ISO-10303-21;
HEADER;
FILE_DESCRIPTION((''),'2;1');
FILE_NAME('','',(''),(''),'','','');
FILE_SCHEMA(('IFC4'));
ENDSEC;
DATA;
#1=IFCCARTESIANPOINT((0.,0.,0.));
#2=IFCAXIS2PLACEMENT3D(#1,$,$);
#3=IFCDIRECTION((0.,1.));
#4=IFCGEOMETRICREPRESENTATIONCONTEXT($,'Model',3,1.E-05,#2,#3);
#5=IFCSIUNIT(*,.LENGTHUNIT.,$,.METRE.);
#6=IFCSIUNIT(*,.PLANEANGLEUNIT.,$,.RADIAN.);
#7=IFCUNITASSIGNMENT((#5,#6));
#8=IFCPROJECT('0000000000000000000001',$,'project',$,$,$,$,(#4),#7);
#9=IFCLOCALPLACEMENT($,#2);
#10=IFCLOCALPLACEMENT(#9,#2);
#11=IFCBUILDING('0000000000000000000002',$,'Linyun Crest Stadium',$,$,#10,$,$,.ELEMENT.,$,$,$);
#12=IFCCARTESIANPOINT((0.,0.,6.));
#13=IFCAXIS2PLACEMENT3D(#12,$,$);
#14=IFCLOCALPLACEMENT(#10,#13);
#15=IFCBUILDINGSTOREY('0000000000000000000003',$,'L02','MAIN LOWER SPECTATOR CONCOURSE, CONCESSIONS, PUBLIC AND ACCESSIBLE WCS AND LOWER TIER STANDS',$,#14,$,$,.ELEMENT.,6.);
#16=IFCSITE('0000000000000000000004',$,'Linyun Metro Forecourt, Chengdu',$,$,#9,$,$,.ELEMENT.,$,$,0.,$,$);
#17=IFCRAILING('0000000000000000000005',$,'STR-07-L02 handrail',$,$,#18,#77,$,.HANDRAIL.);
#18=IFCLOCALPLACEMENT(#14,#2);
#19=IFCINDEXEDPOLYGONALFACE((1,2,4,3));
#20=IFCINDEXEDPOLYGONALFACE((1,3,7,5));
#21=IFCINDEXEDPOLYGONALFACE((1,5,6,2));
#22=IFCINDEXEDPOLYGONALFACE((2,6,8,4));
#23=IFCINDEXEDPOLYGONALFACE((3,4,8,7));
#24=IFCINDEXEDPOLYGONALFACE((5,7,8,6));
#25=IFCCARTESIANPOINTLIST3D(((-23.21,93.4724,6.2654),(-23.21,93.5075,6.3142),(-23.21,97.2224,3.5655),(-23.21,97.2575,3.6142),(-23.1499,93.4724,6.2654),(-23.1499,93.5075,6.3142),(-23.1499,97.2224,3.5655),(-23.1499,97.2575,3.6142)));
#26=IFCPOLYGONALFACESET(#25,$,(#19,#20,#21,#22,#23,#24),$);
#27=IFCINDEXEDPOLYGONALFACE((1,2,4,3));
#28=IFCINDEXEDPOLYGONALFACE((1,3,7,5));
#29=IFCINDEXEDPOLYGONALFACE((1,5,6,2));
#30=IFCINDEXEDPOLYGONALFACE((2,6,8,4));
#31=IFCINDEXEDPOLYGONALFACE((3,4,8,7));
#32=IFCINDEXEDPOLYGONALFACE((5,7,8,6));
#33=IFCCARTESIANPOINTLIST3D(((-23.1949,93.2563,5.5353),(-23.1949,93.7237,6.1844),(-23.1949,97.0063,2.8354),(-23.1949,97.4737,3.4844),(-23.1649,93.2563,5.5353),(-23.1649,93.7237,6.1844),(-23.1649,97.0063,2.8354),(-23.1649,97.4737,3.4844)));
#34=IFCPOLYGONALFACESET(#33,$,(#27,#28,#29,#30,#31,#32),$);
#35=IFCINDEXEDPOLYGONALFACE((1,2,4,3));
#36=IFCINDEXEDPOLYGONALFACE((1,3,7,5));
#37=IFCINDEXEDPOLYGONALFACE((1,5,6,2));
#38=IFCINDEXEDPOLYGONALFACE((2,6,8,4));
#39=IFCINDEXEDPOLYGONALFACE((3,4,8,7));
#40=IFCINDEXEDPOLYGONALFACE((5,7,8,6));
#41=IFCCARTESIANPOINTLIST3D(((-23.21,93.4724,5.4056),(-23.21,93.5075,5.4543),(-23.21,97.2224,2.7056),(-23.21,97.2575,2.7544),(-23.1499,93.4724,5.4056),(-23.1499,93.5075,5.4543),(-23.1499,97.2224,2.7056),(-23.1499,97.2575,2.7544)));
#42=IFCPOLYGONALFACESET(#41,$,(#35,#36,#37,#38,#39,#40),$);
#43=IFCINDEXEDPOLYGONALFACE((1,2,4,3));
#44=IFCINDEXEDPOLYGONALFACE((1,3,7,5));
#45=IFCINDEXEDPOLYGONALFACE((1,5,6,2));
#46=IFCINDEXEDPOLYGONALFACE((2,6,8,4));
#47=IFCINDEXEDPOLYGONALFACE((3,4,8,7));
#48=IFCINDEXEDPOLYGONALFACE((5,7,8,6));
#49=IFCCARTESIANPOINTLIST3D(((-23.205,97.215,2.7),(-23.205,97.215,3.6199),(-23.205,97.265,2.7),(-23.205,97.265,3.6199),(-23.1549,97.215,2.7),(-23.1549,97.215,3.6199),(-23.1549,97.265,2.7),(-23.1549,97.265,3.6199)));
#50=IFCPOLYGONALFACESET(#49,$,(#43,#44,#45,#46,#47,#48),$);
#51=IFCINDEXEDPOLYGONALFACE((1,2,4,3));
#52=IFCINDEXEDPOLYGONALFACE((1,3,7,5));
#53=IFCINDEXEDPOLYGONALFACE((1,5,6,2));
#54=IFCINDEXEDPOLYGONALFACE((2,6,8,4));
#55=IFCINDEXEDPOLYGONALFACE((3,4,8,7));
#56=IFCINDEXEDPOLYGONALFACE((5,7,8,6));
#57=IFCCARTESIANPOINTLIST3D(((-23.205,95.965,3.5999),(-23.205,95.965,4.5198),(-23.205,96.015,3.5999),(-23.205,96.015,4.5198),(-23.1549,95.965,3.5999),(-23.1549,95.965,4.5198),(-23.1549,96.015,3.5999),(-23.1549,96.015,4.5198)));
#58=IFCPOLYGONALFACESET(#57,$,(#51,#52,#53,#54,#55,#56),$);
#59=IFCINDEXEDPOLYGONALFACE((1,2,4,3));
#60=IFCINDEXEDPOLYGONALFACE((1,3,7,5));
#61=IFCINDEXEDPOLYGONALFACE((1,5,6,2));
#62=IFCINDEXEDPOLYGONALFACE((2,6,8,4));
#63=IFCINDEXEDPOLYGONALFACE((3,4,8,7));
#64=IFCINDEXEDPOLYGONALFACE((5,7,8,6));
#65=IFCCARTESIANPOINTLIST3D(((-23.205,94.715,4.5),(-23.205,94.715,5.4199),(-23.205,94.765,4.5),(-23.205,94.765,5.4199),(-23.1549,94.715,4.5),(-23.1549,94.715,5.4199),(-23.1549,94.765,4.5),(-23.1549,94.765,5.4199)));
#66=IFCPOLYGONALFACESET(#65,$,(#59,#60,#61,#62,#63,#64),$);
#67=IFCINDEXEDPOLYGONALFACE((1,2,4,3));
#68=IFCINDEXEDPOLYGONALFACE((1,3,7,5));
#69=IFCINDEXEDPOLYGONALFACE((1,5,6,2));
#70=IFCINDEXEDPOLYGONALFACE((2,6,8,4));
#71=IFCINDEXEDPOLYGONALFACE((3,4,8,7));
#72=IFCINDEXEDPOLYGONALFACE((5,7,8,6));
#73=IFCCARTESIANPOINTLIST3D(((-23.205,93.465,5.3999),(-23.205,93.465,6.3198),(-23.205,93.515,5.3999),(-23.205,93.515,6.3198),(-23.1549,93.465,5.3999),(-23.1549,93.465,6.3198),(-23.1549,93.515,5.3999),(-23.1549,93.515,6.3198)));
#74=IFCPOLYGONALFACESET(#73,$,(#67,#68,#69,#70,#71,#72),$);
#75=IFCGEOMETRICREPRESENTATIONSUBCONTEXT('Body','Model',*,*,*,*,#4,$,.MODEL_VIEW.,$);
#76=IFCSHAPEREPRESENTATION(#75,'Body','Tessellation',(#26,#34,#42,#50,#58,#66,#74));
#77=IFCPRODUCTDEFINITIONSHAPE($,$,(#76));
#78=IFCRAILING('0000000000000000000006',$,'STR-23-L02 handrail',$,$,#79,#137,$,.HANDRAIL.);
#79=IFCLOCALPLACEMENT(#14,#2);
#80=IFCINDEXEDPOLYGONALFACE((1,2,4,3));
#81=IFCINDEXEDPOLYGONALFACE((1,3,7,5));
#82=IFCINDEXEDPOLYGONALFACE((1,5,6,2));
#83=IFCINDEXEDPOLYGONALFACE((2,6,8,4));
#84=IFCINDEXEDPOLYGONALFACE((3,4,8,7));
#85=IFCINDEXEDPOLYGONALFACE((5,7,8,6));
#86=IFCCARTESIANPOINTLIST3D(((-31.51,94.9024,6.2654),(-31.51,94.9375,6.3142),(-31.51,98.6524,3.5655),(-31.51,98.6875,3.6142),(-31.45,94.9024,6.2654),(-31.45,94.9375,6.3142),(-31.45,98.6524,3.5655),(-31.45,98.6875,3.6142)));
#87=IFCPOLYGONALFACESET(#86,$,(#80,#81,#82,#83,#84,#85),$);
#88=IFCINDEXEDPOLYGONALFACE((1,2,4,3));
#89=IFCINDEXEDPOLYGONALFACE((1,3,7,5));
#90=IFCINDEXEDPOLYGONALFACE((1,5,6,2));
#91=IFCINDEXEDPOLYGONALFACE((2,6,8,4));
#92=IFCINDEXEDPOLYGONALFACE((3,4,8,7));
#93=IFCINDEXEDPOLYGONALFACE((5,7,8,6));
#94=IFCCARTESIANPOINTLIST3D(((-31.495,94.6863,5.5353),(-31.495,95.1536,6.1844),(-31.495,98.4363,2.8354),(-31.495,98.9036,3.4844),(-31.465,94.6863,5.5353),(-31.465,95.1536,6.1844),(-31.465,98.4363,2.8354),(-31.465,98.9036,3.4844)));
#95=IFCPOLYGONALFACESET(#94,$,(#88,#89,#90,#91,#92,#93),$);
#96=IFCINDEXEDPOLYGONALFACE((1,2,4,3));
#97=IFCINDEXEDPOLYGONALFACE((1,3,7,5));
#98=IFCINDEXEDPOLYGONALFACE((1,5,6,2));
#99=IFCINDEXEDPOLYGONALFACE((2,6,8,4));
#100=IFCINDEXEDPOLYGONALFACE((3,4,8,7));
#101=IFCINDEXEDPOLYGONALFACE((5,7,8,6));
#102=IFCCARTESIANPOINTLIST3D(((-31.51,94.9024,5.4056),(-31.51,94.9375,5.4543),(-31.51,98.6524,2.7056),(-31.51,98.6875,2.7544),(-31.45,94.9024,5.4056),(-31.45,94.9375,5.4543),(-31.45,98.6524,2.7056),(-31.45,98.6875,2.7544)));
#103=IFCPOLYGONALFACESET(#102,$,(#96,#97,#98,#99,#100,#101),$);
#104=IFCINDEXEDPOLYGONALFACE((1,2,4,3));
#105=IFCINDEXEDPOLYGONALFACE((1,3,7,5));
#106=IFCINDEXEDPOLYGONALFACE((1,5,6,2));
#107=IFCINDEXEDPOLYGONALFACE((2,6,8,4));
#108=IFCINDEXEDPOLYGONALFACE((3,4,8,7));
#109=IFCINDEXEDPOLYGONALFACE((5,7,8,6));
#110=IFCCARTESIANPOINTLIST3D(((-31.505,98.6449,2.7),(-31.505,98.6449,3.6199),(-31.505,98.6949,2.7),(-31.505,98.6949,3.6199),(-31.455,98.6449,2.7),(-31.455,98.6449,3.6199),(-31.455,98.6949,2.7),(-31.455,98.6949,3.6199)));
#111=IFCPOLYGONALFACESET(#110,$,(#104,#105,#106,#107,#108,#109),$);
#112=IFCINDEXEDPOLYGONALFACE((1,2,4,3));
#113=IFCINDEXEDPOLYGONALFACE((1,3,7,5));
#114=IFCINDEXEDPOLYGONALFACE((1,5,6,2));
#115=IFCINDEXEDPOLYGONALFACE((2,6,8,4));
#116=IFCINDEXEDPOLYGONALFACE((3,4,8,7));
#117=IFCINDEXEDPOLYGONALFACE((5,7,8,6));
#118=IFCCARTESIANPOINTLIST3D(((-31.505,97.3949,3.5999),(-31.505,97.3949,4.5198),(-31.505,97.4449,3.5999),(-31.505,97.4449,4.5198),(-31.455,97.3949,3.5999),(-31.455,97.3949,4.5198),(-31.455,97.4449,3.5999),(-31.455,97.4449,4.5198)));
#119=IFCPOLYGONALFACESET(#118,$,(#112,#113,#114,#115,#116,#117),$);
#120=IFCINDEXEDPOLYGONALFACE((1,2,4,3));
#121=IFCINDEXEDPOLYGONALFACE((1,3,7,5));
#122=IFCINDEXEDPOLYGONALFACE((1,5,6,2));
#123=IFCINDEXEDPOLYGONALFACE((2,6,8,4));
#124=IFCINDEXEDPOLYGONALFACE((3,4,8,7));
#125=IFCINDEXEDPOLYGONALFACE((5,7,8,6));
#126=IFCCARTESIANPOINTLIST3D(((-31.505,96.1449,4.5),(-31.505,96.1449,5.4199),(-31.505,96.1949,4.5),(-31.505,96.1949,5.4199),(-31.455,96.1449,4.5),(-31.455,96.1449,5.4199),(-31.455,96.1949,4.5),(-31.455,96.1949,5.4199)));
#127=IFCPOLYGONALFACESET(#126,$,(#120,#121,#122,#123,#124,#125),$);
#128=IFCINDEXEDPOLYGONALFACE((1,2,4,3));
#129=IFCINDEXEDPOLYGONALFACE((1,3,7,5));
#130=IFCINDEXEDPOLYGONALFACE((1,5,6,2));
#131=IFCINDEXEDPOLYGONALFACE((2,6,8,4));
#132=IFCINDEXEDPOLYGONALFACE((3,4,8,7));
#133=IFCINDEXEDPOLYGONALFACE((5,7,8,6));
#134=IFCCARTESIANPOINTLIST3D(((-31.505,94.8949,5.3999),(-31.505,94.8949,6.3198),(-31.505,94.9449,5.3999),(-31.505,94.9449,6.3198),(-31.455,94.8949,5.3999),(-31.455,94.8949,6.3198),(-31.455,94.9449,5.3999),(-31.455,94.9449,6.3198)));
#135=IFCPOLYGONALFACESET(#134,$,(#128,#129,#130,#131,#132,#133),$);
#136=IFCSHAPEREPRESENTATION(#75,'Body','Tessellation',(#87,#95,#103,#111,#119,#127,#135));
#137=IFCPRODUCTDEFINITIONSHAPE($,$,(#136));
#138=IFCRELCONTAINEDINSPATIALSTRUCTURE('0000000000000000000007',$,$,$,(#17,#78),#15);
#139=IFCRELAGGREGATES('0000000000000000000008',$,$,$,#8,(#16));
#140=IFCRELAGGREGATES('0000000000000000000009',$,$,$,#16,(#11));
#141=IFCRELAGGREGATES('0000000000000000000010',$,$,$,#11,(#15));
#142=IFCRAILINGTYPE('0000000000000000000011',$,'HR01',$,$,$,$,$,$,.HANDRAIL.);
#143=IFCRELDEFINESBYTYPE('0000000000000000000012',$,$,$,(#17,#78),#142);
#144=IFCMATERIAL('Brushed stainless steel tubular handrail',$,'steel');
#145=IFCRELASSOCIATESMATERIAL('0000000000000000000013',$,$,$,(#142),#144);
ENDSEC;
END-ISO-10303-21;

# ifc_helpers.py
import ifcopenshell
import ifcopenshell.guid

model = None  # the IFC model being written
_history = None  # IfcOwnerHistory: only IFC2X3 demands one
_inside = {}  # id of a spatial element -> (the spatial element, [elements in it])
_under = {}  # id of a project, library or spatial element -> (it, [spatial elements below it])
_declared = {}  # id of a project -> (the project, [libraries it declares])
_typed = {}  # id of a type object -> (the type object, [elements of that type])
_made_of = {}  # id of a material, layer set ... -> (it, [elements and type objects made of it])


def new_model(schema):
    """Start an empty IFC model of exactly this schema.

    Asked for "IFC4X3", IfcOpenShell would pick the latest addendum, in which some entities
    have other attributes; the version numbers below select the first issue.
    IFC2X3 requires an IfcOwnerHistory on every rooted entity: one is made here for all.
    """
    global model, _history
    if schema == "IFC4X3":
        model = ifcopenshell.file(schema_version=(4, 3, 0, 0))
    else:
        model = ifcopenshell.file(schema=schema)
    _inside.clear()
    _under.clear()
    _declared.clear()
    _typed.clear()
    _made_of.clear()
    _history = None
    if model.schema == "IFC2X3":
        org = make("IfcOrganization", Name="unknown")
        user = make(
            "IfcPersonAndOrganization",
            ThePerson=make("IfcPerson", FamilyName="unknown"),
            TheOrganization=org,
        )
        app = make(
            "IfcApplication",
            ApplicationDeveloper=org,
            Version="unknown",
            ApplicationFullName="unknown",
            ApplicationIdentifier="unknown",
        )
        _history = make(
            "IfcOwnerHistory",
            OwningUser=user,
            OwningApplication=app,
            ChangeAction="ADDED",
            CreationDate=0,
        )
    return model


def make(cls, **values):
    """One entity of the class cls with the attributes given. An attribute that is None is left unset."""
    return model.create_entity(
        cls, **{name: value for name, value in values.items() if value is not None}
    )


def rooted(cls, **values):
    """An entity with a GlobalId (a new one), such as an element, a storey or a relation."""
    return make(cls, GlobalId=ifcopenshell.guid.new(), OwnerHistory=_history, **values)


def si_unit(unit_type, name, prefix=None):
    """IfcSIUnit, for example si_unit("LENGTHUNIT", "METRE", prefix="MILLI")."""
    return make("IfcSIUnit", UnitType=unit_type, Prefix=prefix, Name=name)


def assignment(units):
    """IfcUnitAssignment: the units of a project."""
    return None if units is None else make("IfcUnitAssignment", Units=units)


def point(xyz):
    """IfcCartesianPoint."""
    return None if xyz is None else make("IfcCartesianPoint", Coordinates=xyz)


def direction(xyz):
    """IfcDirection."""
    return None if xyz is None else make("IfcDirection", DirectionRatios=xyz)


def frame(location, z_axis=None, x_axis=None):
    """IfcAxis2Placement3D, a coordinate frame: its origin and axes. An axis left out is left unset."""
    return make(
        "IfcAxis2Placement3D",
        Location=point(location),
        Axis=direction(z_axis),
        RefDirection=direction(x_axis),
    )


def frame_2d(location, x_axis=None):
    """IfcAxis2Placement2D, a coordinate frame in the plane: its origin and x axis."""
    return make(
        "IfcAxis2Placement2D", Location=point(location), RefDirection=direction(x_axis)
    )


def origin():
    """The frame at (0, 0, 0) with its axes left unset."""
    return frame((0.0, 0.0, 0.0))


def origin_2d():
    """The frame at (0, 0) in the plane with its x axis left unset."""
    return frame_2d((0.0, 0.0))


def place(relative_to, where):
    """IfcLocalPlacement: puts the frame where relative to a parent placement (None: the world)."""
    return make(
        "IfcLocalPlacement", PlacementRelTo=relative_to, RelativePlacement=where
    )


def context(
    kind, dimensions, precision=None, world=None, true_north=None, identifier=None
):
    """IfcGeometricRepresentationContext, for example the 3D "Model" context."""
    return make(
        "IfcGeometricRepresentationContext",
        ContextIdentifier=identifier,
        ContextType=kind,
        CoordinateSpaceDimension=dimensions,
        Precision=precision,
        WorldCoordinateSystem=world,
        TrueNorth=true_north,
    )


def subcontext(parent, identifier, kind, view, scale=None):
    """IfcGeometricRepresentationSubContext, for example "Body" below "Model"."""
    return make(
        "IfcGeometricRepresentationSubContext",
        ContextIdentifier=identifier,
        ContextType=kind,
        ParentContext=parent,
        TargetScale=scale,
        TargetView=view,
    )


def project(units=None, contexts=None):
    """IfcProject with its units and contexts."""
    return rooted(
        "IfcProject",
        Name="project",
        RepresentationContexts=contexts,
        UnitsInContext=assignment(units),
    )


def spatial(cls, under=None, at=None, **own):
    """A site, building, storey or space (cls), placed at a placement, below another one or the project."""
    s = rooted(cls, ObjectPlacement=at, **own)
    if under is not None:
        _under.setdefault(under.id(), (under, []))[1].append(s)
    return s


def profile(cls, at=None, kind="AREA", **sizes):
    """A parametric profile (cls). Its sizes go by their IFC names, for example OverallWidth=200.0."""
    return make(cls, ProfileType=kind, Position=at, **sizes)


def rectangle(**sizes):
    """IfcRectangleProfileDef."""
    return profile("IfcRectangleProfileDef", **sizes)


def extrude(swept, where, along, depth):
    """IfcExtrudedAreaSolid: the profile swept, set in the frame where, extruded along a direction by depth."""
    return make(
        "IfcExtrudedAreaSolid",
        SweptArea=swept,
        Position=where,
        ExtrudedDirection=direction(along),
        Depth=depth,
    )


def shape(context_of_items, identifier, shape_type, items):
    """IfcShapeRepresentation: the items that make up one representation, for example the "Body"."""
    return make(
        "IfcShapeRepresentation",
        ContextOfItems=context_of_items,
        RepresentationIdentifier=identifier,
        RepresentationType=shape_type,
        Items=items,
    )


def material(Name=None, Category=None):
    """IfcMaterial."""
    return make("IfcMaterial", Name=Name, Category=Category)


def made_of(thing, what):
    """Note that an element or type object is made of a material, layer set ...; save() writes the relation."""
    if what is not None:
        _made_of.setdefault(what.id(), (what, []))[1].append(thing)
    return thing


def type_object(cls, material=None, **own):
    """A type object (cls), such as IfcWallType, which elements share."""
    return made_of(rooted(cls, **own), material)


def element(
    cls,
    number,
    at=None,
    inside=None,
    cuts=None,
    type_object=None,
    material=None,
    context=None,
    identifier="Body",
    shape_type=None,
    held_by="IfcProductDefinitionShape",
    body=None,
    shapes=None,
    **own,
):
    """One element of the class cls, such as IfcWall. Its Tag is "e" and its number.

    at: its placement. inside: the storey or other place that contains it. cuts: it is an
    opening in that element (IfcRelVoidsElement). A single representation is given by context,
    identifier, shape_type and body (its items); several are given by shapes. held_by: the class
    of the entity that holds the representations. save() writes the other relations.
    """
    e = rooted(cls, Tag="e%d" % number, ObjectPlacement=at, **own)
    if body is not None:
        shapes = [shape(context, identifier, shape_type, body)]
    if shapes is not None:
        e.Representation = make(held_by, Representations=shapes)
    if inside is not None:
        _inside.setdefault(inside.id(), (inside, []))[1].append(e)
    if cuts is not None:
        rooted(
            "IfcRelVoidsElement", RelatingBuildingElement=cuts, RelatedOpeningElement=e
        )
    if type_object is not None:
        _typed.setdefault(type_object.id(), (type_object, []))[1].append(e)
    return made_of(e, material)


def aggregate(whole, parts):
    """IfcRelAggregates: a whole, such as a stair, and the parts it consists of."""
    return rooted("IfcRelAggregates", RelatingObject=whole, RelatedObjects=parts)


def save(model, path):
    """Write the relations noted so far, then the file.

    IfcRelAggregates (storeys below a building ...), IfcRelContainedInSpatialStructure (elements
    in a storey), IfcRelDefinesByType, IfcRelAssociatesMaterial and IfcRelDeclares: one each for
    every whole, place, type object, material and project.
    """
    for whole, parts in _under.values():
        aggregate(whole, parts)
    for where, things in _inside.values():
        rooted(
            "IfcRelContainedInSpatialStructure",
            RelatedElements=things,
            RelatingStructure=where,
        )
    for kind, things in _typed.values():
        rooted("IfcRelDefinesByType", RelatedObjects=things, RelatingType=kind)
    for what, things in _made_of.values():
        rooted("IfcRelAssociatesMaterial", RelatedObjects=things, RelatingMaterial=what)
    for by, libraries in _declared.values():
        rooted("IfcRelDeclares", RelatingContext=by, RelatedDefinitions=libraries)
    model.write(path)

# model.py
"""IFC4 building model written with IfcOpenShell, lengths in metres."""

from ifc_helpers import new_model, si_unit, direction, frame, origin, origin_2d, place, context, subcontext, project, spatial, rectangle, extrude, material, type_object, element, save


model = new_model("IFC4")

# Units and contexts
model_context = context("Model", 3, precision=1e-05, world=origin(), true_north=direction((0.0, 1.0)))
body_context = subcontext(model_context, "Body", "Model", "MODEL_VIEW")
ifc_project = project(units=[si_unit("LENGTHUNIT", "METRE"), si_unit("PLANEANGLEUNIT", "RADIAN")], contexts=[model_context])

# Site, building, storey
site_placement = place(None, origin())
site = spatial("IfcSite", under=ifc_project, at=site_placement, Name="Linyun Metro Forecourt, Chengdu", CompositionType="ELEMENT", RefElevation=0.0)
building_placement = place(site_placement, origin())
building = spatial("IfcBuilding", under=site, at=building_placement, Name="Linyun Crest Stadium", CompositionType="ELEMENT")
storey_placement = place(building_placement, frame((0.0, 0.0, 6.0)))
storey = spatial("IfcBuildingStorey", under=building, at=storey_placement, Name="L02", Description="MAIN LOWER SPECTATOR CONCOURSE, CONCESSIONS, PUBLIC AND ACCESSIBLE WCS AND LOWER TIER STANDS", CompositionType="ELEMENT", Elevation=6.0)

# Railings
ifc_material_1 = material(Name="Brushed stainless steel tubular handrail", Category="steel")
railing_type_1 = type_object("IfcRailingType", Name="HR01", PredefinedType="HANDRAIL", material=ifc_material_1)
for number, where, name in (
    (1, (-23.1799, 97.24, 2.7), "STR-07-L02 handrail"),
    (2, (-31.48, 98.6699, 2.7), "STR-23-L02 handrail"),
):
    element("IfcRailing", number, at=place(storey_placement, frame(where)), inside=storey, type_object=railing_type_1, Name=name, PredefinedType="HANDRAIL", context=body_context, shape_type="SweptSolid", body=[
        extrude(rectangle(XDim=0.0601, YDim=0.0601, at=origin_2d()), frame((0.0, 0.0, 0.8899), z_axis=(0.0, -0.811539, 0.584298), x_axis=(1.0, 0.0, 0.0)), (0.0, 0.0, 1.0), 4.6208),
        extrude(rectangle(XDim=0.03, YDim=0.7998, at=origin_2d()), frame((0.0, 0.0, 0.46), z_axis=(0.0, -0.811539, 0.584298), x_axis=(1.0, 0.0, 0.0)), (0.0, 0.0, 1.0), 4.6208),
        extrude(rectangle(XDim=0.0601, YDim=0.0601, at=origin_2d()), frame((0.0, 0.0, 0.03), z_axis=(0.0, -0.811539, 0.584298), x_axis=(1.0, 0.0, 0.0)), (0.0, 0.0, 1.0), 4.6208),
        extrude(rectangle(XDim=0.05, YDim=0.05, at=origin_2d()), origin(), (0.0, 0.0, 1.0), 0.9199),
        extrude(rectangle(XDim=0.05, YDim=0.05, at=origin_2d()), frame((0.0, -1.25, 0.8999)), (0.0, 0.0, 1.0), 0.9199),
        extrude(rectangle(XDim=0.05, YDim=0.05, at=origin_2d()), frame((0.0, -2.5, 1.8)), (0.0, 0.0, 1.0), 0.9199),
        extrude(rectangle(XDim=0.05, YDim=0.05, at=origin_2d()), frame((0.0, -3.75, 2.7)), (0.0, 0.0, 1.0), 0.9199),
    ])

save(model, "model.ifc")
